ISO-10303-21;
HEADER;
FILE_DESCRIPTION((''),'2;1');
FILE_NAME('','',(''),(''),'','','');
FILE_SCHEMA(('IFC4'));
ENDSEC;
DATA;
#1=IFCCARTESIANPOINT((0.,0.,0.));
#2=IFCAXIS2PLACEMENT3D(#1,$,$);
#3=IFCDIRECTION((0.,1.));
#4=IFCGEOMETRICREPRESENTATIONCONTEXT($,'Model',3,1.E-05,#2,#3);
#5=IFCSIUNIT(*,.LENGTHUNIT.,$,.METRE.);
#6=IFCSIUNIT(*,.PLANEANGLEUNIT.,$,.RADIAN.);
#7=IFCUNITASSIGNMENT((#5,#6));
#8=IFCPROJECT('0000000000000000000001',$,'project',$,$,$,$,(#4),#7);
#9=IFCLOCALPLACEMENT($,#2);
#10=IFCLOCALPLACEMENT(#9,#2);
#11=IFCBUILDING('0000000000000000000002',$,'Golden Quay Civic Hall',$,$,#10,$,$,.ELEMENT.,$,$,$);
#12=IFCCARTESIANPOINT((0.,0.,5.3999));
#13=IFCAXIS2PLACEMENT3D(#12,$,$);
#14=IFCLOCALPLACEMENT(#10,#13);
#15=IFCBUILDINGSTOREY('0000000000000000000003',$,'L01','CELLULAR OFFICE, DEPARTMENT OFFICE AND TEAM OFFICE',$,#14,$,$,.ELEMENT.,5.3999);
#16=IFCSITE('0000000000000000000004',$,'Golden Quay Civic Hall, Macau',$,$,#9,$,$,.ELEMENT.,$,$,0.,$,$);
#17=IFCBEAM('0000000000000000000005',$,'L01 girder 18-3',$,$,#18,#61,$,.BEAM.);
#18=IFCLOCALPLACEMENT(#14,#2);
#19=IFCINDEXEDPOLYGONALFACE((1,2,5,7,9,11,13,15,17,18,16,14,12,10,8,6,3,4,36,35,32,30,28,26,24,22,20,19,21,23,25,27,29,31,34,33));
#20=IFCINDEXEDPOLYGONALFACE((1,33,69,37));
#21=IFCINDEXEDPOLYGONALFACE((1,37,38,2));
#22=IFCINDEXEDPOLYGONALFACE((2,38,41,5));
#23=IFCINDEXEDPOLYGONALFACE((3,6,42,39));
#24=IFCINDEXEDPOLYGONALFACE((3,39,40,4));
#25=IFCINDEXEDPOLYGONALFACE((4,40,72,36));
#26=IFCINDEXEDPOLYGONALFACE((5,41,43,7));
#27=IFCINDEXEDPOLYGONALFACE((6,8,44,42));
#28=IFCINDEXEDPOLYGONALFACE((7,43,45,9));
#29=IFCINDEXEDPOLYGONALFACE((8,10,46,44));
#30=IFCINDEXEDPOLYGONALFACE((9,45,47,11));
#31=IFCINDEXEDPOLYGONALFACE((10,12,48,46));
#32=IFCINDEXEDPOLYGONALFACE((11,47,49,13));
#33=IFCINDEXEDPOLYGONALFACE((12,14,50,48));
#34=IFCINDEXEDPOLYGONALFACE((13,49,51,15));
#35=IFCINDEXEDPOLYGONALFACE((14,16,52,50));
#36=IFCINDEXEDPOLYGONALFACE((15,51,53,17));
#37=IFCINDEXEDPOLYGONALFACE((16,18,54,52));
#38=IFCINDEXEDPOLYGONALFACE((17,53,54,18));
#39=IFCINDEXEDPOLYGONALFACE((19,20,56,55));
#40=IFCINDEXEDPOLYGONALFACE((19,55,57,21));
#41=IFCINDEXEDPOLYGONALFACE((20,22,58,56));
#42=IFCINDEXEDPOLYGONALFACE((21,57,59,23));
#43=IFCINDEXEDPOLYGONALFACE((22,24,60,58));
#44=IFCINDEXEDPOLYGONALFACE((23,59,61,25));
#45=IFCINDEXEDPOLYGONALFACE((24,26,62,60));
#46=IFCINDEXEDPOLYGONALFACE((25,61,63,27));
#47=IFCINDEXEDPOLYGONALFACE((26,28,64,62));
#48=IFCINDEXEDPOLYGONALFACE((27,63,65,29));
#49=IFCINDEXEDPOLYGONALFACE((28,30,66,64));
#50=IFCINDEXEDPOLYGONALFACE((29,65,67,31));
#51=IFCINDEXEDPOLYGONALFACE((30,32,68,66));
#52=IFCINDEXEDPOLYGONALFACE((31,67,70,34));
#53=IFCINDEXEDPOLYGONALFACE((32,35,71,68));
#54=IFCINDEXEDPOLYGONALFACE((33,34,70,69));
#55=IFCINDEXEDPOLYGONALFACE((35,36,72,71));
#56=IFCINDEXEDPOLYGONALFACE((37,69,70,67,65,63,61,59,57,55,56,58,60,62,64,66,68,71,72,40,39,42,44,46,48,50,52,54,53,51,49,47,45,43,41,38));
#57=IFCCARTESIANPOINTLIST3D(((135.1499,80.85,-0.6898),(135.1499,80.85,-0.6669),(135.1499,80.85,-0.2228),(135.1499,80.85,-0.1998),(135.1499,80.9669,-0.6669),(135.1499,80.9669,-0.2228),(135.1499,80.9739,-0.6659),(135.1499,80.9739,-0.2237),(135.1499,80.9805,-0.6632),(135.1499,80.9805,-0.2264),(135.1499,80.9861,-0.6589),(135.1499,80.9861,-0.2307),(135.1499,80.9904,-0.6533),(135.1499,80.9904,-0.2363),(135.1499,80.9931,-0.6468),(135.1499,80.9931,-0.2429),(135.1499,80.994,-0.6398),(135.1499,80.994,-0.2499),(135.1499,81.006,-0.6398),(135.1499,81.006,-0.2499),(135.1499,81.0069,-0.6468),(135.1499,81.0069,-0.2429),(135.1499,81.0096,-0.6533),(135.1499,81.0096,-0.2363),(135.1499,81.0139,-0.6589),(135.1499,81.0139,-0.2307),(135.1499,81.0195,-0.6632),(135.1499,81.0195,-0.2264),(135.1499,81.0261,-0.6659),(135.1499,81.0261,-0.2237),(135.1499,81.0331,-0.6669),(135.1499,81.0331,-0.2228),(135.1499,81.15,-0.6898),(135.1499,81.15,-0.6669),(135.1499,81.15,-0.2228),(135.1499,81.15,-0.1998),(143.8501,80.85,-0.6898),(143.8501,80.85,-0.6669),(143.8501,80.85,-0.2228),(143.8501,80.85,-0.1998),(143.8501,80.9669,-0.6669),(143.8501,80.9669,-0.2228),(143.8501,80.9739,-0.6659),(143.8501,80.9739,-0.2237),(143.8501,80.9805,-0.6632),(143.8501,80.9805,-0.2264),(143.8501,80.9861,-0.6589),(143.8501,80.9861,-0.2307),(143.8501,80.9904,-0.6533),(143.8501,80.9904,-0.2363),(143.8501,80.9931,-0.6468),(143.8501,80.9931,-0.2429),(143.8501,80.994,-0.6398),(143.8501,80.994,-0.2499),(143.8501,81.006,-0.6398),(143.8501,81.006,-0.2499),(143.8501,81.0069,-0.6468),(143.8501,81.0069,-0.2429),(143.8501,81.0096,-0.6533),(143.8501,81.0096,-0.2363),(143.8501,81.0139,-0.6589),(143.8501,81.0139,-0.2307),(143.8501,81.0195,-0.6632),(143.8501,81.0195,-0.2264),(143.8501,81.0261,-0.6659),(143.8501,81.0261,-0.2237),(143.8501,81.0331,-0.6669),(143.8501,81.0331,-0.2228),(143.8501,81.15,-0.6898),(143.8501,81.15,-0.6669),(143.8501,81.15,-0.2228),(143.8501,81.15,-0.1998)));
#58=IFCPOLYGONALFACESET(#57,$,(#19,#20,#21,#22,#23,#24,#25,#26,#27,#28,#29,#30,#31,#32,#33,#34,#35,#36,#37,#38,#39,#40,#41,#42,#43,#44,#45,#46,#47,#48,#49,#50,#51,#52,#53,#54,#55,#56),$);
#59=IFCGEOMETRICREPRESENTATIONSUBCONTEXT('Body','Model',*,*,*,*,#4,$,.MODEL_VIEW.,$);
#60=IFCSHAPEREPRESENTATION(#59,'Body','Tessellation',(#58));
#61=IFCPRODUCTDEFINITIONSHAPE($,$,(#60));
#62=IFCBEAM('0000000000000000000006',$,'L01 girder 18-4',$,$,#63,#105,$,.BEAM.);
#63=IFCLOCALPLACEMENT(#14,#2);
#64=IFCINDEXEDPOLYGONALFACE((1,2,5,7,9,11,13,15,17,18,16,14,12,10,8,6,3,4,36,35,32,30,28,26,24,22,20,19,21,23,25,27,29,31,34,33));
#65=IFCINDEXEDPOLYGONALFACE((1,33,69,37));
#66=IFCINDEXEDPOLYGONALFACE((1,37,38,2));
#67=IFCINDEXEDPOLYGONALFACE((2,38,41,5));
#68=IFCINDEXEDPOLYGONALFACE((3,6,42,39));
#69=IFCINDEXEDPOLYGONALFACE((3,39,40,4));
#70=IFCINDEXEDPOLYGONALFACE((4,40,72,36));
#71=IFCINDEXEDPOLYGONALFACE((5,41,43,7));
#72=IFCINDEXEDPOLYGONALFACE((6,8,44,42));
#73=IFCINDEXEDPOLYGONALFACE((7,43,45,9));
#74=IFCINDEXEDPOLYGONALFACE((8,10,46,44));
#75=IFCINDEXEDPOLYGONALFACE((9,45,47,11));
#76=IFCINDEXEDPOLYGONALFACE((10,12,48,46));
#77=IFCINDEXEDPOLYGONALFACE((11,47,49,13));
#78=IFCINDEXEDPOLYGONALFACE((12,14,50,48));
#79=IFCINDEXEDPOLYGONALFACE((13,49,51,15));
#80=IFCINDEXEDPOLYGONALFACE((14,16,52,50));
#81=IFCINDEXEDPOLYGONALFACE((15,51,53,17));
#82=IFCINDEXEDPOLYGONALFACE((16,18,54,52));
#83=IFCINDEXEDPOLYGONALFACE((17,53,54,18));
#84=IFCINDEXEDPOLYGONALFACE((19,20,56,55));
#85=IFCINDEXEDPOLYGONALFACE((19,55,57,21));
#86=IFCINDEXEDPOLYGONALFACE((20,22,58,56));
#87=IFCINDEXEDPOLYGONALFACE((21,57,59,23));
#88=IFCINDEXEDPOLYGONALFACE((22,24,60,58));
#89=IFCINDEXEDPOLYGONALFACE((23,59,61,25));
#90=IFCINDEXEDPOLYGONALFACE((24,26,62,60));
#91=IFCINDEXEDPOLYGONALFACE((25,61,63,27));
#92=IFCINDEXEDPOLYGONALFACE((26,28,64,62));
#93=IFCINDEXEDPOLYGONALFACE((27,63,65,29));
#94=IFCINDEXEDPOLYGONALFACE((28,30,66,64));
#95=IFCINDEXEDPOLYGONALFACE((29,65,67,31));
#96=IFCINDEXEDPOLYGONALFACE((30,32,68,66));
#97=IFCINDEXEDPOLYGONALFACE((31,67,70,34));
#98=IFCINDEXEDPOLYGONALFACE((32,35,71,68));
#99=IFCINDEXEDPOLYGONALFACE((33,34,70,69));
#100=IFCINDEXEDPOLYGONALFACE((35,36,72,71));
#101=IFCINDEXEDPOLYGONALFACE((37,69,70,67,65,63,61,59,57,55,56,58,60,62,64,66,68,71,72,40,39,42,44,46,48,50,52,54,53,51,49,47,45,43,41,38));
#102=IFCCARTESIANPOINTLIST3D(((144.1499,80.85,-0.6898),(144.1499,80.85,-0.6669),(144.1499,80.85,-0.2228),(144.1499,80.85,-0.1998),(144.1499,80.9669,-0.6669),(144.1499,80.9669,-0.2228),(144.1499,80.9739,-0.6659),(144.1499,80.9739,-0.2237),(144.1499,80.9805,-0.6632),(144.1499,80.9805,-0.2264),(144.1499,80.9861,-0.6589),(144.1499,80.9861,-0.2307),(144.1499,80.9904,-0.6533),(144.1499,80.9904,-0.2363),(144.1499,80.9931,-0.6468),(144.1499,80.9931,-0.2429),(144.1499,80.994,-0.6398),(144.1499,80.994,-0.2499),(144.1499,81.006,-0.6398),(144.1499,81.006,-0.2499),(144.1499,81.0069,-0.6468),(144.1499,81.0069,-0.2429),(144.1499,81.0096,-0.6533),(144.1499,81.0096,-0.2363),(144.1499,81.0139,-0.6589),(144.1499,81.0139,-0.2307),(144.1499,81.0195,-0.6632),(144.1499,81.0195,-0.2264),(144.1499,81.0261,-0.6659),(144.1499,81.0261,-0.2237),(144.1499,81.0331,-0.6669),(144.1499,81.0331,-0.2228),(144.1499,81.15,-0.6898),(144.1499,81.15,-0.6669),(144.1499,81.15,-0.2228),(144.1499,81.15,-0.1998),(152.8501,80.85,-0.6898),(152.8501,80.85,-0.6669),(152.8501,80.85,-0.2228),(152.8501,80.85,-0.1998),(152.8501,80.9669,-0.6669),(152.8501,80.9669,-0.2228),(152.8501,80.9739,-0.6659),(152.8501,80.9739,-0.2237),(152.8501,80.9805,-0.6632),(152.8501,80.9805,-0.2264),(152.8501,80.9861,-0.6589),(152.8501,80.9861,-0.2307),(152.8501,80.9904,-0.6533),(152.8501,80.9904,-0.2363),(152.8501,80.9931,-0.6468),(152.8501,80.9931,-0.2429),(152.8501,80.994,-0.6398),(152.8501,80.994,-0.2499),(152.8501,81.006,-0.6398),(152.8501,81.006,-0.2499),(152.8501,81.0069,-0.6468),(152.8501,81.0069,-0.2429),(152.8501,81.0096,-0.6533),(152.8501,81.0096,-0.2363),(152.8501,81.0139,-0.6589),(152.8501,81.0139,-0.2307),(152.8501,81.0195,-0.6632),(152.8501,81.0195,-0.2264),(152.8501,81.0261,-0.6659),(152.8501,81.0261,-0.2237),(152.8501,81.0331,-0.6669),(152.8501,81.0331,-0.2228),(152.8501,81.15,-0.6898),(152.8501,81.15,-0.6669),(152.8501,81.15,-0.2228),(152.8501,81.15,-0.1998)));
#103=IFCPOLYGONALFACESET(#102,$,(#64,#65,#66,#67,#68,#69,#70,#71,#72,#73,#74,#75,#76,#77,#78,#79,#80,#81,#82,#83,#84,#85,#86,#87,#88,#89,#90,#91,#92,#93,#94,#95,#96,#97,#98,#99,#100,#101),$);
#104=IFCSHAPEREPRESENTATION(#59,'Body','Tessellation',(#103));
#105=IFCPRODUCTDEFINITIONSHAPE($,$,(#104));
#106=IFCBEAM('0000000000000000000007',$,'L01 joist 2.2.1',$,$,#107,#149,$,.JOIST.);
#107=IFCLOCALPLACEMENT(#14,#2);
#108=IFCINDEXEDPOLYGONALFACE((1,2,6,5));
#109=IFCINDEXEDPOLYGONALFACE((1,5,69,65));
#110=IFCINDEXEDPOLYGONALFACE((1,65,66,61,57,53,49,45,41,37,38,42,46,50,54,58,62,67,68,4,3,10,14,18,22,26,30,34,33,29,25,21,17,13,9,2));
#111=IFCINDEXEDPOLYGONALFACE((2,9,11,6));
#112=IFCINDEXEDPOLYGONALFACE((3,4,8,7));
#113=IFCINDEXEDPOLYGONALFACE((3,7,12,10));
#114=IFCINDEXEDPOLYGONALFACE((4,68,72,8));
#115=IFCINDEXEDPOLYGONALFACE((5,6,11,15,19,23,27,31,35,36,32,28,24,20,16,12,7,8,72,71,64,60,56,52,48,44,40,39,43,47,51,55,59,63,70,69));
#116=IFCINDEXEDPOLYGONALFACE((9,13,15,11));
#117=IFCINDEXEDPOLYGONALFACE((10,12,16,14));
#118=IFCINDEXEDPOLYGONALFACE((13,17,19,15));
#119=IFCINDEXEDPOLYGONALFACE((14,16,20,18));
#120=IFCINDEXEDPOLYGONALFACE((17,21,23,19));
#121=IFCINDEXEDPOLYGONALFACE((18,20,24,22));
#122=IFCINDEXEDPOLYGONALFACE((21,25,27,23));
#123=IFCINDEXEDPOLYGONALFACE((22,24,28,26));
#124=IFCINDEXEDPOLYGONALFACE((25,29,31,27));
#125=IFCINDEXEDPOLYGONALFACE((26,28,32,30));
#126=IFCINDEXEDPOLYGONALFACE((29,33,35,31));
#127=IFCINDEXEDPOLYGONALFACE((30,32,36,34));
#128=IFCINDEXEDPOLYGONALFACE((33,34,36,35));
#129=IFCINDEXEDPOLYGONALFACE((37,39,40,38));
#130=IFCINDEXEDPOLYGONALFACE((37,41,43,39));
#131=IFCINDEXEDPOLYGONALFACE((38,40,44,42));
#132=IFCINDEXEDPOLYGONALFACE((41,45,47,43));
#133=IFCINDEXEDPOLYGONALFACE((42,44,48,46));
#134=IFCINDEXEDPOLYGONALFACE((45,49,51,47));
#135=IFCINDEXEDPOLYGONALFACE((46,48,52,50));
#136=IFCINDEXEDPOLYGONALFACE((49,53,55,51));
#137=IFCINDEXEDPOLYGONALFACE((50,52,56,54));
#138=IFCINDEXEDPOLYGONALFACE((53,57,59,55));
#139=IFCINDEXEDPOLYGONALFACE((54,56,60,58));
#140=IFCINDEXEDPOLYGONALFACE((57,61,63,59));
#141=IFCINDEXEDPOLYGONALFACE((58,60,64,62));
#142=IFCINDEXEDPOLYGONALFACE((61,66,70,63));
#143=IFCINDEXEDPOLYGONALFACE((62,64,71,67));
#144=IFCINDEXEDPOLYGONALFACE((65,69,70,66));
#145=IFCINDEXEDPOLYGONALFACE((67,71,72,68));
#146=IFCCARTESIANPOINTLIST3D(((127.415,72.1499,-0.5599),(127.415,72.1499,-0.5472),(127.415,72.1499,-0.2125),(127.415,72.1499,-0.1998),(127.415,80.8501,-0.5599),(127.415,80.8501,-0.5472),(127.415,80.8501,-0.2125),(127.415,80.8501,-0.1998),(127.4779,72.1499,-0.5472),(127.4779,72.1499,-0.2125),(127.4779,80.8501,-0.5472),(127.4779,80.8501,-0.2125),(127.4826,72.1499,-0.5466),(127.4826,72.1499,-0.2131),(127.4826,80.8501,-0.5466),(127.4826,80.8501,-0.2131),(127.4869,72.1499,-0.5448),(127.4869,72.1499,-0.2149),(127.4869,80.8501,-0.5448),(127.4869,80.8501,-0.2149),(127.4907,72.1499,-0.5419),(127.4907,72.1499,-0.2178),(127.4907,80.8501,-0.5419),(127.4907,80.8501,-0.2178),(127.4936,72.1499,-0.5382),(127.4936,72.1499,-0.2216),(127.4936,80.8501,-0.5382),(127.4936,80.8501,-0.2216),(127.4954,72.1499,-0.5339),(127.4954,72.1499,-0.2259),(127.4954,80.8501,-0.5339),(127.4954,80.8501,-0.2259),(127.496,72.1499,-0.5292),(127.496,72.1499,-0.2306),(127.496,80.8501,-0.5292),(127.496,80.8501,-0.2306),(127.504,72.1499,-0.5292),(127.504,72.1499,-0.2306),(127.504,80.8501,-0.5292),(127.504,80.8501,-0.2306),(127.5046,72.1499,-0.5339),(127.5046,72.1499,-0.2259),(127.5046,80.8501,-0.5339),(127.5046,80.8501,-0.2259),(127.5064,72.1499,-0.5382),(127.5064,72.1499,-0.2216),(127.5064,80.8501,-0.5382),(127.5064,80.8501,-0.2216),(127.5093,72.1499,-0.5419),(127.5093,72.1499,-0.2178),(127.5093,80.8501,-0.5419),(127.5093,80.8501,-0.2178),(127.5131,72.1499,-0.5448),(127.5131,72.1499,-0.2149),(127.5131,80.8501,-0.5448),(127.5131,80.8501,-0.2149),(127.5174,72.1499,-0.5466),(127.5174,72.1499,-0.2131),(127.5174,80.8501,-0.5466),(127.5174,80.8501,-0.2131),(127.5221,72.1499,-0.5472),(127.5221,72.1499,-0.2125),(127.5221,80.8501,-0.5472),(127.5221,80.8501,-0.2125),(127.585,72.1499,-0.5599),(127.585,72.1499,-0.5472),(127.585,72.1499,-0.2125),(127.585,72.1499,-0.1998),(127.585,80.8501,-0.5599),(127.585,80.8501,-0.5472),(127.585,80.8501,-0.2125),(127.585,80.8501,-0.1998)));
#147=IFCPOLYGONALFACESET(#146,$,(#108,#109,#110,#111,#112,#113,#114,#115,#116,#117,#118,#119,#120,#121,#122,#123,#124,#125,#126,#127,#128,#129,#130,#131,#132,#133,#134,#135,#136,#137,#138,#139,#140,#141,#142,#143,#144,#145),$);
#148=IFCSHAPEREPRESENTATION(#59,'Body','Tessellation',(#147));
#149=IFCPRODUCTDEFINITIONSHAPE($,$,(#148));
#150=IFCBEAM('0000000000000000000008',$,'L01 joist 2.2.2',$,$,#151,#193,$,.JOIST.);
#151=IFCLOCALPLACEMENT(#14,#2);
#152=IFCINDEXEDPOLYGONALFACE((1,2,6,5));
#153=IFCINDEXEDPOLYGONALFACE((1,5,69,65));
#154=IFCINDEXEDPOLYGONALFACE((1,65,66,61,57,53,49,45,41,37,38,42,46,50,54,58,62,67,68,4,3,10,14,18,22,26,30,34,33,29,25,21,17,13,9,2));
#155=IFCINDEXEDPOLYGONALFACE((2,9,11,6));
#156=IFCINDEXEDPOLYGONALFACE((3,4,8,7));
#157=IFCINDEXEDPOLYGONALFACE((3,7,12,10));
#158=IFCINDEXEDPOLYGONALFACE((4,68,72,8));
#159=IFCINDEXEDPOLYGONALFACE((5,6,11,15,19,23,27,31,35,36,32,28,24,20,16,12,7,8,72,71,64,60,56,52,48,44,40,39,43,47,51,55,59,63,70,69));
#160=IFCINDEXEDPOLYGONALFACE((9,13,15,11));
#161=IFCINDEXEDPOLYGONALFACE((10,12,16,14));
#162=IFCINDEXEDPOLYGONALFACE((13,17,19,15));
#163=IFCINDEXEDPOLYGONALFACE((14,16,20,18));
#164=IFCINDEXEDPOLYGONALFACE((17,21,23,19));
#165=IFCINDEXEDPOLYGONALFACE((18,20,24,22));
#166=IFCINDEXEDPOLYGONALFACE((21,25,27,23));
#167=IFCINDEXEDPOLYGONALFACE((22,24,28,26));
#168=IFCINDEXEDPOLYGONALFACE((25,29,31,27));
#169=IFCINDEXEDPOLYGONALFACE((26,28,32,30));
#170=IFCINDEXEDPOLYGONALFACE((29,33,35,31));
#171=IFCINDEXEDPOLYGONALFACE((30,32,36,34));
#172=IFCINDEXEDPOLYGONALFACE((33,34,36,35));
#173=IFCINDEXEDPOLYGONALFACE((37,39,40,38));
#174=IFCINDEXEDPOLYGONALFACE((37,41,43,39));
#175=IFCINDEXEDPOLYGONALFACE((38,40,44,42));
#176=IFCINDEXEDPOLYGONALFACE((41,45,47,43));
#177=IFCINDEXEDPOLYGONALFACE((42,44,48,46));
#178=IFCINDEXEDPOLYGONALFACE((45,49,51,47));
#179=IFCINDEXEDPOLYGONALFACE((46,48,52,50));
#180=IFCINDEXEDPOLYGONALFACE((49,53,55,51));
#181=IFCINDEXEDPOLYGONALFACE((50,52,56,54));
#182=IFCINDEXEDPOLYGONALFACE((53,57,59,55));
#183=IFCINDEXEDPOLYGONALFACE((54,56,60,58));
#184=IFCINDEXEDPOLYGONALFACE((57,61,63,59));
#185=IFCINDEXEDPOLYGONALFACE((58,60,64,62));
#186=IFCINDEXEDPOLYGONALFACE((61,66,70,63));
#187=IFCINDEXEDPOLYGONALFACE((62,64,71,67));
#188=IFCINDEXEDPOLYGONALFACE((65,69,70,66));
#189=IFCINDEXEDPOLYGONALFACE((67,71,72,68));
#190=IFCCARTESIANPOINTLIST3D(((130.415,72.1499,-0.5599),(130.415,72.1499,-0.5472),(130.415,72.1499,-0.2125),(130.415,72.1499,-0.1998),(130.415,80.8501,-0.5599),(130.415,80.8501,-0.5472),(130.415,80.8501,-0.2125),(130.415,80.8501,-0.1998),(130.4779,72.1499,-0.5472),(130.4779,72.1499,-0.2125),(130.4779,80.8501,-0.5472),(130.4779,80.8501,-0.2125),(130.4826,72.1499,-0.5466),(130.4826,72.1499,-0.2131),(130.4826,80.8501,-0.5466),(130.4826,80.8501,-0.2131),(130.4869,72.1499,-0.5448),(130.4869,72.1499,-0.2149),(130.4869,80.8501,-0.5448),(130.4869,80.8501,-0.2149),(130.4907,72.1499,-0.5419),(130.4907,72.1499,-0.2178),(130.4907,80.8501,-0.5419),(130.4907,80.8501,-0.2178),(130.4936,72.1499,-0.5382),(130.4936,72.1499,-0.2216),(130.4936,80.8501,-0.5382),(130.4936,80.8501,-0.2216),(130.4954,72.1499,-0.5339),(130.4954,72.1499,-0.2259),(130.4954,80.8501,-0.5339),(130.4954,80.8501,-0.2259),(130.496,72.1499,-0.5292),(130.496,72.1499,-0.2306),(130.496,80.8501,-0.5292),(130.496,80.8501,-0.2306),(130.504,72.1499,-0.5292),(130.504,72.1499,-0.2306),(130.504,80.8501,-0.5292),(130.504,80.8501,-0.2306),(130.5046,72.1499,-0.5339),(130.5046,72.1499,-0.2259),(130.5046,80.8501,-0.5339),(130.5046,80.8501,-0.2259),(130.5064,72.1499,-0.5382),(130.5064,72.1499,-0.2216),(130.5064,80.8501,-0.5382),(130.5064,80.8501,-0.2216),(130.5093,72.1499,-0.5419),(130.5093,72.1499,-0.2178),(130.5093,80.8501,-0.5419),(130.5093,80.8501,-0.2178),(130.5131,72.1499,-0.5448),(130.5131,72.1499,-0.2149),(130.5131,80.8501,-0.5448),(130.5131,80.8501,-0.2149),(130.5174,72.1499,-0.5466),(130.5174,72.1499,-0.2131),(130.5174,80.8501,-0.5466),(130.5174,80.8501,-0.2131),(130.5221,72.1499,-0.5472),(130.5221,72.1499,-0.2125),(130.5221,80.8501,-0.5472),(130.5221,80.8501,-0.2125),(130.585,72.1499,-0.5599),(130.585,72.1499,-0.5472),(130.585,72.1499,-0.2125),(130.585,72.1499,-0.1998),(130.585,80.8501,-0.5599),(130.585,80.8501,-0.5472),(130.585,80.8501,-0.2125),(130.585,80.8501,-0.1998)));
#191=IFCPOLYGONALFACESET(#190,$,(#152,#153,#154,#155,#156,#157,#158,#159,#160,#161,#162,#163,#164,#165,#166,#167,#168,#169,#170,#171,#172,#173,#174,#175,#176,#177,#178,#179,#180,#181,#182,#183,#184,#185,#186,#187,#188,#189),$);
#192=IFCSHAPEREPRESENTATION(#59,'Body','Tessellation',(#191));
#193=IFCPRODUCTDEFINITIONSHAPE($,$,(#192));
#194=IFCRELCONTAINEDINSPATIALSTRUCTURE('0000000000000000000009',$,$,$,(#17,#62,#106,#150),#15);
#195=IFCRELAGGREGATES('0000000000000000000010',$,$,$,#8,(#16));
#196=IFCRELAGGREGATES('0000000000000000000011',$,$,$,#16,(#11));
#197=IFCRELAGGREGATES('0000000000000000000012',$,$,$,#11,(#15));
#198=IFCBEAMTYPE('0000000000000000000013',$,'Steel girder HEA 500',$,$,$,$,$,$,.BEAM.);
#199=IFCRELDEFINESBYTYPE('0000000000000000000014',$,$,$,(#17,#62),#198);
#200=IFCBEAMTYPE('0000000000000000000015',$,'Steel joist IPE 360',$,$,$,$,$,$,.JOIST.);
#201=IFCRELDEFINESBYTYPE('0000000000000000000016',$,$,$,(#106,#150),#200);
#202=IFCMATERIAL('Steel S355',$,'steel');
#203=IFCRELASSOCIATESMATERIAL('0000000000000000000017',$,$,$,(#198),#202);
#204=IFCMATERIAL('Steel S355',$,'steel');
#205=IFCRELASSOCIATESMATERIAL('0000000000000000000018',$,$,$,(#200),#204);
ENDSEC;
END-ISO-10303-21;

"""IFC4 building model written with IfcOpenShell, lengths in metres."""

from ifc_helpers import new_model, si_unit, direction, frame, origin, origin_2d, place, context, subcontext, project, spatial, i_section, extrude, material, material_profile, profile_set, type_object, element, save


model = new_model("IFC4")

# Units and contexts
model_context = context("Model", 3, precision=1e-05, world=origin(), true_north=direction((0.0, 1.0)))
body_context = subcontext(model_context, "Body", "Model", "MODEL_VIEW")
ifc_project = project(units=[si_unit("LENGTHUNIT", "METRE"), si_unit("PLANEANGLEUNIT", "RADIAN")], contexts=[model_context])

# Site, building, storey
site_placement = place(None, origin())
site = spatial("IfcSite", under=ifc_project, at=site_placement, Name="Golden Quay Civic Hall, Macau", CompositionType="ELEMENT", RefElevation=0.0)
building_placement = place(site_placement, origin())
building = spatial("IfcBuilding", under=site, at=building_placement, Name="Golden Quay Civic Hall", CompositionType="ELEMENT")
storey_placement = place(building_placement, frame((0.0, 0.0, 5.3999)))
storey = spatial("IfcBuildingStorey", under=building, at=storey_placement, Name="L01", Description="CELLULAR OFFICE, DEPARTMENT OFFICE AND TEAM OFFICE", CompositionType="ELEMENT", Elevation=5.3999)

# Beams
ifc_material_1 = material(Name="Steel S355", Category="steel")
ifc_material_profile_1 = material_profile(ifc_material_1, i_section(OverallWidth=0.3, OverallDepth=0.49, WebThickness=0.012, FlangeThickness=0.0229, FilletRadius=0.0271, at=origin_2d()), Name="HEA 500")
ifc_profile_set_1 = profile_set([ifc_material_profile_1], Name="Steel S355")
beam_type_1 = type_object("IfcBeamType", Name="Steel girder HEA 500", PredefinedType="BEAM", material=ifc_profile_set_1)
for number, where, z_axis, x_axis, name in (
    (1, (135.1499, 81.0, -0.4448), (1.0, 0.0, 0.0), (0.0, 1.0, 0.0), "L01 girder 18-3"),
    (2, (144.1499, 81.0, -0.4448), (1.0, 0.0, 0.0), (0.0, 1.0, 0.0), "L01 girder 18-4"),
):
    element("IfcBeam", number, at=place(storey_placement, frame(where, z_axis=z_axis, x_axis=x_axis)), inside=storey, type_object=beam_type_1, Name=name, PredefinedType="BEAM", context=body_context, shape_type="SweptSolid", body=[
        extrude(i_section(OverallWidth=0.3, OverallDepth=0.49, WebThickness=0.012, FlangeThickness=0.0229, FilletRadius=0.0271, at=origin_2d()), origin(), (0.0, 0.0, 1.0), 8.7002),
    ])
ifc_material_2 = material(Name="Steel S355", Category="steel")
ifc_material_profile_2 = material_profile(ifc_material_2, i_section(OverallWidth=0.1699, OverallDepth=0.3601, WebThickness=0.0081, FlangeThickness=0.0127, FilletRadius=0.0181, at=origin_2d()), Name="IPE 360")
ifc_profile_set_2 = profile_set([ifc_material_profile_2], Name="Steel S355")
beam_type_2 = type_object("IfcBeamType", Name="Steel joist IPE 360", PredefinedType="JOIST", material=ifc_profile_set_2)
for number, where, z_axis, x_axis, name in (
    (3, (127.5, 72.1499, -0.3799), (0.0, 1.0, 0.0), (-1.0, 0.0, 0.0), "L01 joist 2.2.1"),
    (4, (130.5, 72.1499, -0.3799), (0.0, 1.0, 0.0), (-1.0, 0.0, 0.0), "L01 joist 2.2.2"),
):
    element("IfcBeam", number, at=place(storey_placement, frame(where, z_axis=z_axis, x_axis=x_axis)), inside=storey, type_object=beam_type_2, Name=name, PredefinedType="JOIST", context=body_context, shape_type="SweptSolid", body=[
        extrude(i_section(OverallWidth=0.1699, OverallDepth=0.3601, WebThickness=0.0081, FlangeThickness=0.0127, FilletRadius=0.0181, at=origin_2d()), origin(), (0.0, 0.0, 1.0), 8.7002),
    ])

save(model, "model.ifc")
